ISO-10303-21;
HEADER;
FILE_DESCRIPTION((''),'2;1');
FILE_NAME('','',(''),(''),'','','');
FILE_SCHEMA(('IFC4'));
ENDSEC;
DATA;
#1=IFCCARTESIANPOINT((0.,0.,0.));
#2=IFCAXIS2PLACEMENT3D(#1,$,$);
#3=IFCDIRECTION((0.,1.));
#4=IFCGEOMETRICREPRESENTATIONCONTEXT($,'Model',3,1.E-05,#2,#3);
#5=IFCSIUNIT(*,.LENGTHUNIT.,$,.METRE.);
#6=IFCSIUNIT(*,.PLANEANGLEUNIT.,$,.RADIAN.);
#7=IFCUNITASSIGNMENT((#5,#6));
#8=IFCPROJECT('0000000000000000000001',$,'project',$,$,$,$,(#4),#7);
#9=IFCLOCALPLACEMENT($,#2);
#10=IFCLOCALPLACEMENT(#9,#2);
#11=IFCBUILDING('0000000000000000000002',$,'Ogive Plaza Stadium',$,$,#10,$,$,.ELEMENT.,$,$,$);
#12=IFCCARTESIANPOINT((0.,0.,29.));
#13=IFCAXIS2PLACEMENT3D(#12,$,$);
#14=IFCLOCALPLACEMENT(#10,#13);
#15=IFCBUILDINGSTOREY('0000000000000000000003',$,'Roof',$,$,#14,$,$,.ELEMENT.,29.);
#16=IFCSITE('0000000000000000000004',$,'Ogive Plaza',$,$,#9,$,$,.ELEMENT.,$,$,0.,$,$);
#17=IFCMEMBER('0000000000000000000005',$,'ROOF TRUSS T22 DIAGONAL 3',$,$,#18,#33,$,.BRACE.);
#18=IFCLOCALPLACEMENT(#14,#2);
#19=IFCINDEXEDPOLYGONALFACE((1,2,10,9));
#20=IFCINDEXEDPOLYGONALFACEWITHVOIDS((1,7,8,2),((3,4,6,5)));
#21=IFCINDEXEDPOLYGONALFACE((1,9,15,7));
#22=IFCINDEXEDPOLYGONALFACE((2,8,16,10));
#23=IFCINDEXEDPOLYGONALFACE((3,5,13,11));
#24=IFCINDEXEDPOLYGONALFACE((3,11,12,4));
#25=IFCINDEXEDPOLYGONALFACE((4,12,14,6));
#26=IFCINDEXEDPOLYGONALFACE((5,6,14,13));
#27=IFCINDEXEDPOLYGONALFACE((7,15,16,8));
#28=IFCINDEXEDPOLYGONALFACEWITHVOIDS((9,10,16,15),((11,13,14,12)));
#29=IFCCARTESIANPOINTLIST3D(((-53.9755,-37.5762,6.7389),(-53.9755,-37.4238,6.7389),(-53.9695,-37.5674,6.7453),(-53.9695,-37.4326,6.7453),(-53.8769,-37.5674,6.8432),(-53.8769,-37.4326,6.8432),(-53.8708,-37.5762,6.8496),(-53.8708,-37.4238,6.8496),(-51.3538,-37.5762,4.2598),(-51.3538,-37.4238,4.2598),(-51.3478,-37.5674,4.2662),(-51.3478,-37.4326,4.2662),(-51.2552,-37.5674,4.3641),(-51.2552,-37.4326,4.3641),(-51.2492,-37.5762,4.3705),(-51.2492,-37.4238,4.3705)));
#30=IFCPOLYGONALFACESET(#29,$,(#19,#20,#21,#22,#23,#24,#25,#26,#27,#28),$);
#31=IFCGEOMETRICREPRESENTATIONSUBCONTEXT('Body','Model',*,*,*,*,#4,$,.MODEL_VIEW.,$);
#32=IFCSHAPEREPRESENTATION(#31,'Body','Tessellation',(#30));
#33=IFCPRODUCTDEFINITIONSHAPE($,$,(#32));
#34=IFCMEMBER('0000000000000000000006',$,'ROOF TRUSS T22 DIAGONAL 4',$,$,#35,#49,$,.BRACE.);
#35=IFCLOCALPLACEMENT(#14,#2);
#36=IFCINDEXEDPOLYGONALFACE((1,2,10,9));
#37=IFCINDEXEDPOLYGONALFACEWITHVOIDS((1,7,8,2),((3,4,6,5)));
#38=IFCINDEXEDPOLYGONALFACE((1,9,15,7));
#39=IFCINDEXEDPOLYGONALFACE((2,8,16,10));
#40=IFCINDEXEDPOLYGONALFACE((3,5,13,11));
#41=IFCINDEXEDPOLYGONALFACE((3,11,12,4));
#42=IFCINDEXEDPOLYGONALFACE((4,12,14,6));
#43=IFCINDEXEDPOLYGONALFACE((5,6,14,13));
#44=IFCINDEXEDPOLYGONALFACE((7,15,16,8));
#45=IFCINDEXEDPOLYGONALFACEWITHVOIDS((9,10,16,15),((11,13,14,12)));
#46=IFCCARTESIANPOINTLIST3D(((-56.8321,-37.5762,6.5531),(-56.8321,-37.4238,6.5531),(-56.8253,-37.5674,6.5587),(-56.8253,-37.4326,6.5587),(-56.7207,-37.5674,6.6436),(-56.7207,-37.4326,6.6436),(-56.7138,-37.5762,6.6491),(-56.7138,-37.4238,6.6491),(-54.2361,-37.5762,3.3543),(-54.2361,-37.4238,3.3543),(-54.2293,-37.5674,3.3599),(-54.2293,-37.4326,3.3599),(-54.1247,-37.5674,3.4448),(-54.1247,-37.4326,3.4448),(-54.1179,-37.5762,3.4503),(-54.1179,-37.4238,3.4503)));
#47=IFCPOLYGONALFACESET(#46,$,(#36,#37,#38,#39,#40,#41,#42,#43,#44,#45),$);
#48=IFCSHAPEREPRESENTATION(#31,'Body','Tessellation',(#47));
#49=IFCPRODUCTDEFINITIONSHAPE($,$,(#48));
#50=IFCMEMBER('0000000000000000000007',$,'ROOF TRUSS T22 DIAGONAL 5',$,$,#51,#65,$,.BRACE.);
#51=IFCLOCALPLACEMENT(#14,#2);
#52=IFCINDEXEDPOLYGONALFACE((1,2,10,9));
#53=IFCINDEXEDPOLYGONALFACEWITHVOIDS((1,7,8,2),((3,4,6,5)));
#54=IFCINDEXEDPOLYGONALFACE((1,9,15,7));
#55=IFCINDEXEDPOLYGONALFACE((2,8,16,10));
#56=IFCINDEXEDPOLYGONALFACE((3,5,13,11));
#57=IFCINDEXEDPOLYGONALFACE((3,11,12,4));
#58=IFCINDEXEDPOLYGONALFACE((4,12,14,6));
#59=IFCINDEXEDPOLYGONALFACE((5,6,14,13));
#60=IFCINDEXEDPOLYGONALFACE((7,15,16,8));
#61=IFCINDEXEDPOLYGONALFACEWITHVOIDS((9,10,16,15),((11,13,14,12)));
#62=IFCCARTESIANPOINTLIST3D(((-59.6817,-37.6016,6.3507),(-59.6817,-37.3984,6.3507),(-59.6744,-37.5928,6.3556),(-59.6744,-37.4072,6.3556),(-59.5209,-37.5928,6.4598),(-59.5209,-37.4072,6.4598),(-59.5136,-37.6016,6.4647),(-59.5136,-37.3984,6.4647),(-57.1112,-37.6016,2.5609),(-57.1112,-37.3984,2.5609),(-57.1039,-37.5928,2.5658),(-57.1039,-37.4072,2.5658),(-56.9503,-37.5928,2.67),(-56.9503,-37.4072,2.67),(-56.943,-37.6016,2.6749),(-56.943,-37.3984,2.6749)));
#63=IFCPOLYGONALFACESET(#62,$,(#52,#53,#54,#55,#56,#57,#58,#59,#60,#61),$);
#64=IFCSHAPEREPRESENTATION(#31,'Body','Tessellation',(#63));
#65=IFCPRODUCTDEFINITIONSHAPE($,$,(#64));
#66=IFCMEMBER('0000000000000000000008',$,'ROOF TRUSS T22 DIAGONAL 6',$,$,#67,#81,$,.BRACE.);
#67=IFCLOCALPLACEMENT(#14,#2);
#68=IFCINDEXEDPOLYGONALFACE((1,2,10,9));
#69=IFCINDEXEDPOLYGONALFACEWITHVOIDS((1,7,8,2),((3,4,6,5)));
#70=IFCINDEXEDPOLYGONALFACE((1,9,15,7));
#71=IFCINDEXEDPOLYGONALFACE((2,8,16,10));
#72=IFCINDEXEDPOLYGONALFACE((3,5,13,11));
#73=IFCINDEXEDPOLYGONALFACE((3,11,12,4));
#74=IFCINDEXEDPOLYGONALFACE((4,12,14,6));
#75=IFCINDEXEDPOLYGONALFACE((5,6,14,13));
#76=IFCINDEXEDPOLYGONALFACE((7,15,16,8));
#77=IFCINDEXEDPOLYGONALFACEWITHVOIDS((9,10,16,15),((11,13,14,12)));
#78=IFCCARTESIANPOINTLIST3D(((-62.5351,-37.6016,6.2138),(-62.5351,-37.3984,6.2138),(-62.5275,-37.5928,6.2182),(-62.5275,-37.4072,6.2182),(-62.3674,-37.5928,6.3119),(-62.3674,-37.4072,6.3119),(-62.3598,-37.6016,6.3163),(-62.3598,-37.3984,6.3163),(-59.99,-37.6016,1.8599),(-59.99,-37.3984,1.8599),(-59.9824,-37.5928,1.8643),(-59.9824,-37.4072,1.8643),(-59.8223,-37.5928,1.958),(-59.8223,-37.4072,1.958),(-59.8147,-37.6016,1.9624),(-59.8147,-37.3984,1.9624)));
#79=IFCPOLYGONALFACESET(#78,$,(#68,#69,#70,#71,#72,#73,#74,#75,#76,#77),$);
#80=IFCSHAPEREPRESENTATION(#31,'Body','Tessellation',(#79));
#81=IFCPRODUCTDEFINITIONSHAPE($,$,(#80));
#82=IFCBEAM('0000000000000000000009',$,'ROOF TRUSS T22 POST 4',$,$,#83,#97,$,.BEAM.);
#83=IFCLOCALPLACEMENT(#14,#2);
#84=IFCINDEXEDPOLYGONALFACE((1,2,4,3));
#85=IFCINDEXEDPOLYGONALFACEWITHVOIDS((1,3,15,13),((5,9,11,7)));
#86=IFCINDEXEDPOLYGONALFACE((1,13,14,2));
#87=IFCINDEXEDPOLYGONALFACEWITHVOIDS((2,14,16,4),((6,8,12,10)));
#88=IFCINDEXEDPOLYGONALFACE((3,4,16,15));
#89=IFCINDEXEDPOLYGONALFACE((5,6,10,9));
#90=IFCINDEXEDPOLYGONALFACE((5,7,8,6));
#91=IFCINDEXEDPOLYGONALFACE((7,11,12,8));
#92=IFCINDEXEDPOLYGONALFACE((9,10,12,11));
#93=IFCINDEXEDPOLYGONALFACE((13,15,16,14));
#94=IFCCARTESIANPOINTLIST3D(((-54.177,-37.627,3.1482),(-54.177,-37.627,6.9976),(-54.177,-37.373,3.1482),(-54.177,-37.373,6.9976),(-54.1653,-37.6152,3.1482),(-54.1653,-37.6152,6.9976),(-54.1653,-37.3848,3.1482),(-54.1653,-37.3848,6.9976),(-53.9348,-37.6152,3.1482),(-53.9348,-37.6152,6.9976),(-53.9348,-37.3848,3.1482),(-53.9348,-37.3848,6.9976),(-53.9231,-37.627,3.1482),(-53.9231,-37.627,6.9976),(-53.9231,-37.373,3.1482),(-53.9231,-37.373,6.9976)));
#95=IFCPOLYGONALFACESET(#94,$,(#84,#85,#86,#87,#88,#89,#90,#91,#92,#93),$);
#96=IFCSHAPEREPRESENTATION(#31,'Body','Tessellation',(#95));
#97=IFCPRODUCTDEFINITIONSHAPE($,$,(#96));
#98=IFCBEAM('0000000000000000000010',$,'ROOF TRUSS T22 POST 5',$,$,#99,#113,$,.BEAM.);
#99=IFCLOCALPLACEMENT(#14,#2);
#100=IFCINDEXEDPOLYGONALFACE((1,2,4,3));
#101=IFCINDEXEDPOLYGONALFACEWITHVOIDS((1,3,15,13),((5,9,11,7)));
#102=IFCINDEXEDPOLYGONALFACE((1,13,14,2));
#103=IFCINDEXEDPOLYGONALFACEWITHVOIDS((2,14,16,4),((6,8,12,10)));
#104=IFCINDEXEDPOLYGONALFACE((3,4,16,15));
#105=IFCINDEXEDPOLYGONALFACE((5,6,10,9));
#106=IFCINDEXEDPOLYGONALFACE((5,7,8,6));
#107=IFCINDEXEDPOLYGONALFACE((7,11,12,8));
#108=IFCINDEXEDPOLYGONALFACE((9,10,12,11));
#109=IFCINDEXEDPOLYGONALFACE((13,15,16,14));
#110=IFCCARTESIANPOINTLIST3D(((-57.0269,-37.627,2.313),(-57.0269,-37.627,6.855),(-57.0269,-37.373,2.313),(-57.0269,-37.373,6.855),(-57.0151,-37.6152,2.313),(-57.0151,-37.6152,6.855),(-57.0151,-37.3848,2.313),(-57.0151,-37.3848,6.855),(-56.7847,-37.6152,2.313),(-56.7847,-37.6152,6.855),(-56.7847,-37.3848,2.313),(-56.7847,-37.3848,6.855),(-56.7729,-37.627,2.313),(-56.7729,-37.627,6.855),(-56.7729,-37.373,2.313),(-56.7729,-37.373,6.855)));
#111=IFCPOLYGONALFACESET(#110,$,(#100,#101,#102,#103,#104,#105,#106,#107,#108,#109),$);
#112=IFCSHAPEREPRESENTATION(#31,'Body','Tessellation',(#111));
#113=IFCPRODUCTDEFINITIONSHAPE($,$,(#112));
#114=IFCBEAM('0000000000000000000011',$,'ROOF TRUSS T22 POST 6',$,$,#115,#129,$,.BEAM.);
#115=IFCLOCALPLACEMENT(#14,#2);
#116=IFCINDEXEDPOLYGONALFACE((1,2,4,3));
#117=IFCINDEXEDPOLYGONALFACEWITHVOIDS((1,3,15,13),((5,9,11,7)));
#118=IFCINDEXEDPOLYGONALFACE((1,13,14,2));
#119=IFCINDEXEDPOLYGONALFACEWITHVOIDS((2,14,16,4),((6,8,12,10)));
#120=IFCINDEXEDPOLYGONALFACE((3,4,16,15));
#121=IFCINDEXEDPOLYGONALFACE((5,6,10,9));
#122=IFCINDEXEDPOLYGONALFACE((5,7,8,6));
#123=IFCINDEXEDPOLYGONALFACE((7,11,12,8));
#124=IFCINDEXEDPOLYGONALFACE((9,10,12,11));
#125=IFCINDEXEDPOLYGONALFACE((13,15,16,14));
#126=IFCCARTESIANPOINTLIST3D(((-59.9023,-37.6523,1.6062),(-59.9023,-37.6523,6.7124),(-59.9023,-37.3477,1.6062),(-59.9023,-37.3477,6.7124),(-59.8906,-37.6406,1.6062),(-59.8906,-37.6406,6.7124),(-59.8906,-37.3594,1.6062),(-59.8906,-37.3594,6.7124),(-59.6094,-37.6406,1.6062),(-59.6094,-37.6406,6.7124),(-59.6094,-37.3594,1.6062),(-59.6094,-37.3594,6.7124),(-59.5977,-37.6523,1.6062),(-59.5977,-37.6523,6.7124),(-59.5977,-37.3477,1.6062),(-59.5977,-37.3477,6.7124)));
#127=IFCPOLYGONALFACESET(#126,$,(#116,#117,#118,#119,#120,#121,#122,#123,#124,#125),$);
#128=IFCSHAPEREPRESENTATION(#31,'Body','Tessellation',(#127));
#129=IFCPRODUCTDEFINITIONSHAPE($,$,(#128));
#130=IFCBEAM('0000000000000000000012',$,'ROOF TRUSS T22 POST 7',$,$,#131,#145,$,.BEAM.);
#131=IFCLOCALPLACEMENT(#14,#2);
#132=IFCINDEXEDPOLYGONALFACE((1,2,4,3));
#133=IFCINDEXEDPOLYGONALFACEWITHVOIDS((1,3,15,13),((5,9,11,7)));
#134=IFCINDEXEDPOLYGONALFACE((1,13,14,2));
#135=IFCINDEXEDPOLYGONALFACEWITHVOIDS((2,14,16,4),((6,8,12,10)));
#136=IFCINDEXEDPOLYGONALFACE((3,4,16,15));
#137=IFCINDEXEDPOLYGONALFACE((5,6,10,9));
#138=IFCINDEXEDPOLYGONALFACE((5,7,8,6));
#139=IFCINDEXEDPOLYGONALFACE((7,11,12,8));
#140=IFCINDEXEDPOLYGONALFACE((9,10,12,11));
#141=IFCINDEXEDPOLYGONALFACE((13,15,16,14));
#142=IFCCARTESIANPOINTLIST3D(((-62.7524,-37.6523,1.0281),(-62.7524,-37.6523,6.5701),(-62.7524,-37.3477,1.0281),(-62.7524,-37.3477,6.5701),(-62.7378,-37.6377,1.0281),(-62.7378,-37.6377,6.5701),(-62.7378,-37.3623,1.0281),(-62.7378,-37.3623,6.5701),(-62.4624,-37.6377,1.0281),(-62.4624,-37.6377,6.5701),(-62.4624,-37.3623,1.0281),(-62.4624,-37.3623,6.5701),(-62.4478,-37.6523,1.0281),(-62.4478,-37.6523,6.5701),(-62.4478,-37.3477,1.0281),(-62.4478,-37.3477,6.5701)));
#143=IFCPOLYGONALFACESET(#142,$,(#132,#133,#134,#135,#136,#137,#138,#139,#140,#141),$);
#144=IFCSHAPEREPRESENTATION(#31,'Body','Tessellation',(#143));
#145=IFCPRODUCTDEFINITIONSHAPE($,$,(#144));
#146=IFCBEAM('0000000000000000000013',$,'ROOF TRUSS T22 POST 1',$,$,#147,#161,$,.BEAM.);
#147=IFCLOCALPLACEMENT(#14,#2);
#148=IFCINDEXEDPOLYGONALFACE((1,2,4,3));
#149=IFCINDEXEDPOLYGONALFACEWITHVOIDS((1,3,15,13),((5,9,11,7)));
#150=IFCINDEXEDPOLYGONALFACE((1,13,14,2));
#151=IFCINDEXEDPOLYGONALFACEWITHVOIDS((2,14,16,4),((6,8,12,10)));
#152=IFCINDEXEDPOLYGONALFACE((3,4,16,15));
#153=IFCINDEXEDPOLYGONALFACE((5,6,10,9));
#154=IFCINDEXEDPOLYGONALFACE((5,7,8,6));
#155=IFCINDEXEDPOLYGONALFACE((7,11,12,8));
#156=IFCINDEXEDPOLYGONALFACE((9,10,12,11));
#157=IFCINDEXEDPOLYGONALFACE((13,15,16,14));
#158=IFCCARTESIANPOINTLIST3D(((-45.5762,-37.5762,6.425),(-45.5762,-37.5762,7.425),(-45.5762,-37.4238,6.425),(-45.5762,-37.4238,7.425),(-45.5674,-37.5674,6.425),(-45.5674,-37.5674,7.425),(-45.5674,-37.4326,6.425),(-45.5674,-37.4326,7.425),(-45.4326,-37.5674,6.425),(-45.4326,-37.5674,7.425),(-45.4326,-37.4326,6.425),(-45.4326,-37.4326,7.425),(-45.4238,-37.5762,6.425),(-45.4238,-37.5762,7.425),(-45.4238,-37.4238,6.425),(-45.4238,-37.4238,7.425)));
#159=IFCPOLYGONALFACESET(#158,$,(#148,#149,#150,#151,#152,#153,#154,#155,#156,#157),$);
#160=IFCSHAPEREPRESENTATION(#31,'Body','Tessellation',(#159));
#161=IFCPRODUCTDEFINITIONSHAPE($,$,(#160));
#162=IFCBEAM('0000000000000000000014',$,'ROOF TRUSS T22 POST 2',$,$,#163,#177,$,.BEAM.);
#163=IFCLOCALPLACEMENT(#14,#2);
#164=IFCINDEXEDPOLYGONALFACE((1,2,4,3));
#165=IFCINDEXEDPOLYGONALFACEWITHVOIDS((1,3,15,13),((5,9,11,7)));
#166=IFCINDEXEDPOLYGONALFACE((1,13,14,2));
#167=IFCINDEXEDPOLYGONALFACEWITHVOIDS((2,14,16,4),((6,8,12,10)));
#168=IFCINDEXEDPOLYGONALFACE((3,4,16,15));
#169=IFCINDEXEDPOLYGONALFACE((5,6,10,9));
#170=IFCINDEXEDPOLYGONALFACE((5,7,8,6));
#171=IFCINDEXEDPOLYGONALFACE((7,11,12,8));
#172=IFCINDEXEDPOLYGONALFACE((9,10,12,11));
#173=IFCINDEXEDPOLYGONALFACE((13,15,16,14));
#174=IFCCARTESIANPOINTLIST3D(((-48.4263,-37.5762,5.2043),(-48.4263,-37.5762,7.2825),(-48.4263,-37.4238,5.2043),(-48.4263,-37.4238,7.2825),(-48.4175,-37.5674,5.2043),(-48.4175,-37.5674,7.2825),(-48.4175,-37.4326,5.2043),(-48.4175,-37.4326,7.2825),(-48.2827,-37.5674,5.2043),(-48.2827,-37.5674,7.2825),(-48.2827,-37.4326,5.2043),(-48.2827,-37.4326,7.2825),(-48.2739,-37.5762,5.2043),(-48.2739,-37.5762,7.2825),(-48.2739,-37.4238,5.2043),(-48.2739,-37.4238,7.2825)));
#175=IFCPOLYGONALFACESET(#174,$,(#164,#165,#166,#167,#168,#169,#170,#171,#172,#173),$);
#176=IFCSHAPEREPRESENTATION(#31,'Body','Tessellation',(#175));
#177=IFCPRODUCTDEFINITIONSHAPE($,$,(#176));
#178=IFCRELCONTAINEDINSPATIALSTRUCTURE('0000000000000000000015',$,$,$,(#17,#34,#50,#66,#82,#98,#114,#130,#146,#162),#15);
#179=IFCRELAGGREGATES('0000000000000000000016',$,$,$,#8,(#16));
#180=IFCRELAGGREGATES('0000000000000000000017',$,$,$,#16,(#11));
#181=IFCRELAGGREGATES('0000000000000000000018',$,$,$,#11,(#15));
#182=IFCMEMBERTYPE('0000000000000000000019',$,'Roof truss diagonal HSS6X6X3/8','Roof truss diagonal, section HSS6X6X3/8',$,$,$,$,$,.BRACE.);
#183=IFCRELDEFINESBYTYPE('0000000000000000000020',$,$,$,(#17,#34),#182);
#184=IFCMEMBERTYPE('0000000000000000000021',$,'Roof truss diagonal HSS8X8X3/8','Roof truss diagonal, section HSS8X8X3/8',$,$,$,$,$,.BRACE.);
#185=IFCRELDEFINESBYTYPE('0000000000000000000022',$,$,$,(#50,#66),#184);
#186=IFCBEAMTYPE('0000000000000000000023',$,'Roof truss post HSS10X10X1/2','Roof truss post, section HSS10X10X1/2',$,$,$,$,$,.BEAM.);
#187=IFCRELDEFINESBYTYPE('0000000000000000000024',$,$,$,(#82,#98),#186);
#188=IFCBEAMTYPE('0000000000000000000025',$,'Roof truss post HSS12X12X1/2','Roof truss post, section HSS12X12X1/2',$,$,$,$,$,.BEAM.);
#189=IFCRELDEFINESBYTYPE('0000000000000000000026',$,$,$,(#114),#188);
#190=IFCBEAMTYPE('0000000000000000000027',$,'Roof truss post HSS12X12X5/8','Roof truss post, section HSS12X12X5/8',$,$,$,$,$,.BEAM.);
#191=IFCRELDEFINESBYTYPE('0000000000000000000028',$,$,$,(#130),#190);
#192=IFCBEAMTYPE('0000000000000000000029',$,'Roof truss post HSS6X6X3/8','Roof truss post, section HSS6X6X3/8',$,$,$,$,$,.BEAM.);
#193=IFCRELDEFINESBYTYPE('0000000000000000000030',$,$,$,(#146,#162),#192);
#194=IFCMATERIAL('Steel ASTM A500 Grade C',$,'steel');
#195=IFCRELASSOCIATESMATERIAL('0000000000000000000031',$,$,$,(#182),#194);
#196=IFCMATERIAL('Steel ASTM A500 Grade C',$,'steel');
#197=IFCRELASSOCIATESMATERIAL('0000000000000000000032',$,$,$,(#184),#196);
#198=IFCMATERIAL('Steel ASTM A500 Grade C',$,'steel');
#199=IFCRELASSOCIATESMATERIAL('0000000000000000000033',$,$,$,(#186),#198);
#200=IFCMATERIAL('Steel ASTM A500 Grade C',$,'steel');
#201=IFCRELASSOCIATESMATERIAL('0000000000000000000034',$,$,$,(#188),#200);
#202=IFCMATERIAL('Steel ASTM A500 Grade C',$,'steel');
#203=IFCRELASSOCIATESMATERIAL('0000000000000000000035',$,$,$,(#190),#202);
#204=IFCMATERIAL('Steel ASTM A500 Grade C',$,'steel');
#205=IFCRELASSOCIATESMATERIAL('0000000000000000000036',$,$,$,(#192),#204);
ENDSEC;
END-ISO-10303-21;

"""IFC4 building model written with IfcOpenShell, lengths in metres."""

from ifc_helpers import new_model, si_unit, direction, frame, origin, origin_2d, place, context, subcontext, project, spatial, hollow_rectangle, extrude, material, material_profile, profile_set, type_object, element, save


model = new_model("IFC4")

# Units and contexts
model_context = context("Model", 3, precision=1e-05, world=origin(), true_north=direction((0.0, 1.0)))
body_context = subcontext(model_context, "Body", "Model", "MODEL_VIEW")
ifc_project = project(units=[si_unit("LENGTHUNIT", "METRE"), si_unit("PLANEANGLEUNIT", "RADIAN")], contexts=[model_context])

# Site, building, storey
site_placement = place(None, origin())
site = spatial("IfcSite", under=ifc_project, at=site_placement, Name="Ogive Plaza", CompositionType="ELEMENT", RefElevation=0.0)
building_placement = place(site_placement, origin())
building = spatial("IfcBuilding", under=site, at=building_placement, Name="Ogive Plaza Stadium", CompositionType="ELEMENT")
storey_placement = place(building_placement, frame((0.0, 0.0, 29.0)))
storey = spatial("IfcBuildingStorey", under=building, at=storey_placement, Name="Roof", CompositionType="ELEMENT", Elevation=29.0)

# Members
ifc_material_1 = material(Name="Steel ASTM A500 Grade C", Category="steel")
ifc_material_profile_1 = material_profile(ifc_material_1, hollow_rectangle(XDim=0.1523, YDim=0.1523, WallThickness=0.0088, at=origin_2d()), Name="HSS6X6X3/8")
ifc_profile_set_1 = profile_set([ifc_material_profile_1], Name="Steel ASTM A500 Grade C")
member_type_1 = type_object("IfcMemberType", Name="Roof truss diagonal HSS6X6X3/8", Description="Roof truss diagonal, section HSS6X6X3/8", PredefinedType="BRACE", material=ifc_profile_set_1)
member_1_placement = place(storey_placement, frame((-51.3015, -37.5, 4.3152), z_axis=(-0.726589, 0.0, 0.687072), x_axis=(0.0, -1.0, 0.0)))
element("IfcMember", 1, at=member_1_placement, inside=storey, type_object=member_type_1, Name="ROOF TRUSS T22 DIAGONAL 3", PredefinedType="BRACE", context=body_context, shape_type="SweptSolid", body=[
    extrude(hollow_rectangle(XDim=0.1523, YDim=0.1523, WallThickness=0.0088, at=origin_2d()), origin(), (0.0, 0.0, 1.0), 3.6082),
])
member_2_placement = place(storey_placement, frame((-54.177, -37.5, 3.4023), z_axis=(-0.630151, 0.0, 0.776473), x_axis=(0.0, -1.0, 0.0)))
element("IfcMember", 2, at=member_2_placement, inside=storey, type_object=member_type_1, Name="ROOF TRUSS T22 DIAGONAL 4", PredefinedType="BRACE", context=body_context, shape_type="SweptSolid", body=[
    extrude(hollow_rectangle(XDim=0.1523, YDim=0.1523, WallThickness=0.0088, at=origin_2d()), origin(), (0.0, 0.0, 1.0), 4.1196),
])
ifc_material_2 = material(Name="Steel ASTM A500 Grade C", Category="steel")
ifc_material_profile_2 = material_profile(ifc_material_2, hollow_rectangle(XDim=0.2031, YDim=0.2031, WallThickness=0.0088, at=origin_2d()), Name="HSS8X8X3/8")
ifc_profile_set_2 = profile_set([ifc_material_profile_2], Name="Steel ASTM A500 Grade C")
member_type_2 = type_object("IfcMemberType", Name="Roof truss diagonal HSS8X8X3/8", Description="Roof truss diagonal, section HSS8X8X3/8", PredefinedType="BRACE", material=ifc_profile_set_2)
member_3_placement = place(storey_placement, frame((-57.0271, -37.5, 2.6179), z_axis=(-0.561338, 0.0, 0.827586), x_axis=(0.0, -1.0, 0.0)))
element("IfcMember", 3, at=member_3_placement, inside=storey, type_object=member_type_2, Name="ROOF TRUSS T22 DIAGONAL 5", PredefinedType="BRACE", context=body_context, shape_type="SweptSolid", body=[
    extrude(hollow_rectangle(XDim=0.2031, YDim=0.2031, WallThickness=0.0088, at=origin_2d()), origin(), (0.0, 0.0, 1.0), 4.5793),
])
member_4_placement = place(storey_placement, frame((-59.9023, -37.5, 1.9111), z_axis=(-0.504659, 0.0, 0.863319), x_axis=(0.0, -1.0, 0.0)))
element("IfcMember", 4, at=member_4_placement, inside=storey, type_object=member_type_2, Name="ROOF TRUSS T22 DIAGONAL 6", PredefinedType="BRACE", context=body_context, shape_type="SweptSolid", body=[
    extrude(hollow_rectangle(XDim=0.2031, YDim=0.2031, WallThickness=0.0088, at=origin_2d()), origin(), (0.0, 0.0, 1.0), 5.0432),
])

# Beams
ifc_material_3 = material(Name="Steel ASTM A500 Grade C", Category="steel")
ifc_material_profile_3 = material_profile(ifc_material_3, hollow_rectangle(XDim=0.2539, YDim=0.2539, WallThickness=0.0117, at=origin_2d()), Name="HSS10X10X1/2")
ifc_profile_set_3 = profile_set([ifc_material_profile_3], Name="Steel ASTM A500 Grade C")
beam_type_1 = type_object("IfcBeamType", Name="Roof truss post HSS10X10X1/2", Description="Roof truss post, section HSS10X10X1/2", PredefinedType="BEAM", material=ifc_profile_set_3)
beam_1_placement = place(storey_placement, frame((-54.05, -37.5, 3.1482), z_axis=(0.0, 0.0, 1.0), x_axis=(0.0, -1.0, 0.0)))
element("IfcBeam", 5, at=beam_1_placement, inside=storey, type_object=beam_type_1, Name="ROOF TRUSS T22 POST 4", PredefinedType="BEAM", context=body_context, shape_type="SweptSolid", body=[
    extrude(hollow_rectangle(XDim=0.2539, YDim=0.2539, WallThickness=0.0117, at=origin_2d()), origin(), (0.0, 0.0, 1.0), 3.8494),
])
beam_2_placement = place(storey_placement, frame((-56.8999, -37.5, 2.313), z_axis=(0.0, 0.0, 1.0), x_axis=(0.0, -1.0, 0.0)))
element("IfcBeam", 6, at=beam_2_placement, inside=storey, type_object=beam_type_1, Name="ROOF TRUSS T22 POST 5", PredefinedType="BEAM", context=body_context, shape_type="SweptSolid", body=[
    extrude(hollow_rectangle(XDim=0.2539, YDim=0.2539, WallThickness=0.0117, at=origin_2d()), origin(), (0.0, 0.0, 1.0), 4.542),
])
ifc_material_4 = material(Name="Steel ASTM A500 Grade C", Category="steel")
ifc_material_profile_4 = material_profile(ifc_material_4, hollow_rectangle(XDim=0.3047, YDim=0.3047, WallThickness=0.0117, at=origin_2d()), Name="HSS12X12X1/2")
ifc_profile_set_4 = profile_set([ifc_material_profile_4], Name="Steel ASTM A500 Grade C")
beam_type_2 = type_object("IfcBeamType", Name="Roof truss post HSS12X12X1/2", Description="Roof truss post, section HSS12X12X1/2", PredefinedType="BEAM", material=ifc_profile_set_4)
beam_3_placement = place(storey_placement, frame((-59.75, -37.5, 1.6062), z_axis=(0.0, 0.0, 1.0), x_axis=(0.0, -1.0, 0.0)))
element("IfcBeam", 7, at=beam_3_placement, inside=storey, type_object=beam_type_2, Name="ROOF TRUSS T22 POST 6", PredefinedType="BEAM", context=body_context, shape_type="SweptSolid", body=[
    extrude(hollow_rectangle(XDim=0.3047, YDim=0.3047, WallThickness=0.0117, at=origin_2d()), origin(), (0.0, 0.0, 1.0), 5.1062),
])
ifc_material_5 = material(Name="Steel ASTM A500 Grade C", Category="steel")
ifc_material_profile_5 = material_profile(ifc_material_5, hollow_rectangle(XDim=0.3047, YDim=0.3047, WallThickness=0.0146, at=origin_2d()), Name="HSS12X12X5/8")
ifc_profile_set_5 = profile_set([ifc_material_profile_5], Name="Steel ASTM A500 Grade C")
beam_type_3 = type_object("IfcBeamType", Name="Roof truss post HSS12X12X5/8", Description="Roof truss post, section HSS12X12X5/8", PredefinedType="BEAM", material=ifc_profile_set_5)
beam_4_placement = place(storey_placement, frame((-62.6001, -37.5, 1.0281), z_axis=(0.0, 0.0, 1.0), x_axis=(0.0, -1.0, 0.0)))
element("IfcBeam", 8, at=beam_4_placement, inside=storey, type_object=beam_type_3, Name="ROOF TRUSS T22 POST 7", PredefinedType="BEAM", context=body_context, shape_type="SweptSolid", body=[
    extrude(hollow_rectangle(XDim=0.3047, YDim=0.3047, WallThickness=0.0146, at=origin_2d()), origin(), (0.0, 0.0, 1.0), 5.542),
])
ifc_material_6 = material(Name="Steel ASTM A500 Grade C", Category="steel")
ifc_material_profile_6 = material_profile(ifc_material_6, hollow_rectangle(XDim=0.1523, YDim=0.1523, WallThickness=0.0088, at=origin_2d()), Name="HSS6X6X3/8")
ifc_profile_set_6 = profile_set([ifc_material_profile_6], Name="Steel ASTM A500 Grade C")
beam_type_4 = type_object("IfcBeamType", Name="Roof truss post HSS6X6X3/8", Description="Roof truss post, section HSS6X6X3/8", PredefinedType="BEAM", material=ifc_profile_set_6)
beam_5_placement = place(storey_placement, frame((-45.5, -37.5, 6.425), z_axis=(0.0, 0.0, 1.0), x_axis=(0.0, -1.0, 0.0)))
element("IfcBeam", 9, at=beam_5_placement, inside=storey, type_object=beam_type_4, Name="ROOF TRUSS T22 POST 1", PredefinedType="BEAM", context=body_context, shape_type="SweptSolid", body=[
    extrude(hollow_rectangle(XDim=0.1523, YDim=0.1523, WallThickness=0.0088, at=origin_2d()), origin(), (0.0, 0.0, 1.0), 1.0),
])
beam_6_placement = place(storey_placement, frame((-48.3501, -37.5, 5.2043), z_axis=(0.0, 0.0, 1.0), x_axis=(0.0, -1.0, 0.0)))
element("IfcBeam", 10, at=beam_6_placement, inside=storey, type_object=beam_type_4, Name="ROOF TRUSS T22 POST 2", PredefinedType="BEAM", context=body_context, shape_type="SweptSolid", body=[
    extrude(hollow_rectangle(XDim=0.1523, YDim=0.1523, WallThickness=0.0088, at=origin_2d()), origin(), (0.0, 0.0, 1.0), 2.0781),
])

save(model, "model.ifc")
